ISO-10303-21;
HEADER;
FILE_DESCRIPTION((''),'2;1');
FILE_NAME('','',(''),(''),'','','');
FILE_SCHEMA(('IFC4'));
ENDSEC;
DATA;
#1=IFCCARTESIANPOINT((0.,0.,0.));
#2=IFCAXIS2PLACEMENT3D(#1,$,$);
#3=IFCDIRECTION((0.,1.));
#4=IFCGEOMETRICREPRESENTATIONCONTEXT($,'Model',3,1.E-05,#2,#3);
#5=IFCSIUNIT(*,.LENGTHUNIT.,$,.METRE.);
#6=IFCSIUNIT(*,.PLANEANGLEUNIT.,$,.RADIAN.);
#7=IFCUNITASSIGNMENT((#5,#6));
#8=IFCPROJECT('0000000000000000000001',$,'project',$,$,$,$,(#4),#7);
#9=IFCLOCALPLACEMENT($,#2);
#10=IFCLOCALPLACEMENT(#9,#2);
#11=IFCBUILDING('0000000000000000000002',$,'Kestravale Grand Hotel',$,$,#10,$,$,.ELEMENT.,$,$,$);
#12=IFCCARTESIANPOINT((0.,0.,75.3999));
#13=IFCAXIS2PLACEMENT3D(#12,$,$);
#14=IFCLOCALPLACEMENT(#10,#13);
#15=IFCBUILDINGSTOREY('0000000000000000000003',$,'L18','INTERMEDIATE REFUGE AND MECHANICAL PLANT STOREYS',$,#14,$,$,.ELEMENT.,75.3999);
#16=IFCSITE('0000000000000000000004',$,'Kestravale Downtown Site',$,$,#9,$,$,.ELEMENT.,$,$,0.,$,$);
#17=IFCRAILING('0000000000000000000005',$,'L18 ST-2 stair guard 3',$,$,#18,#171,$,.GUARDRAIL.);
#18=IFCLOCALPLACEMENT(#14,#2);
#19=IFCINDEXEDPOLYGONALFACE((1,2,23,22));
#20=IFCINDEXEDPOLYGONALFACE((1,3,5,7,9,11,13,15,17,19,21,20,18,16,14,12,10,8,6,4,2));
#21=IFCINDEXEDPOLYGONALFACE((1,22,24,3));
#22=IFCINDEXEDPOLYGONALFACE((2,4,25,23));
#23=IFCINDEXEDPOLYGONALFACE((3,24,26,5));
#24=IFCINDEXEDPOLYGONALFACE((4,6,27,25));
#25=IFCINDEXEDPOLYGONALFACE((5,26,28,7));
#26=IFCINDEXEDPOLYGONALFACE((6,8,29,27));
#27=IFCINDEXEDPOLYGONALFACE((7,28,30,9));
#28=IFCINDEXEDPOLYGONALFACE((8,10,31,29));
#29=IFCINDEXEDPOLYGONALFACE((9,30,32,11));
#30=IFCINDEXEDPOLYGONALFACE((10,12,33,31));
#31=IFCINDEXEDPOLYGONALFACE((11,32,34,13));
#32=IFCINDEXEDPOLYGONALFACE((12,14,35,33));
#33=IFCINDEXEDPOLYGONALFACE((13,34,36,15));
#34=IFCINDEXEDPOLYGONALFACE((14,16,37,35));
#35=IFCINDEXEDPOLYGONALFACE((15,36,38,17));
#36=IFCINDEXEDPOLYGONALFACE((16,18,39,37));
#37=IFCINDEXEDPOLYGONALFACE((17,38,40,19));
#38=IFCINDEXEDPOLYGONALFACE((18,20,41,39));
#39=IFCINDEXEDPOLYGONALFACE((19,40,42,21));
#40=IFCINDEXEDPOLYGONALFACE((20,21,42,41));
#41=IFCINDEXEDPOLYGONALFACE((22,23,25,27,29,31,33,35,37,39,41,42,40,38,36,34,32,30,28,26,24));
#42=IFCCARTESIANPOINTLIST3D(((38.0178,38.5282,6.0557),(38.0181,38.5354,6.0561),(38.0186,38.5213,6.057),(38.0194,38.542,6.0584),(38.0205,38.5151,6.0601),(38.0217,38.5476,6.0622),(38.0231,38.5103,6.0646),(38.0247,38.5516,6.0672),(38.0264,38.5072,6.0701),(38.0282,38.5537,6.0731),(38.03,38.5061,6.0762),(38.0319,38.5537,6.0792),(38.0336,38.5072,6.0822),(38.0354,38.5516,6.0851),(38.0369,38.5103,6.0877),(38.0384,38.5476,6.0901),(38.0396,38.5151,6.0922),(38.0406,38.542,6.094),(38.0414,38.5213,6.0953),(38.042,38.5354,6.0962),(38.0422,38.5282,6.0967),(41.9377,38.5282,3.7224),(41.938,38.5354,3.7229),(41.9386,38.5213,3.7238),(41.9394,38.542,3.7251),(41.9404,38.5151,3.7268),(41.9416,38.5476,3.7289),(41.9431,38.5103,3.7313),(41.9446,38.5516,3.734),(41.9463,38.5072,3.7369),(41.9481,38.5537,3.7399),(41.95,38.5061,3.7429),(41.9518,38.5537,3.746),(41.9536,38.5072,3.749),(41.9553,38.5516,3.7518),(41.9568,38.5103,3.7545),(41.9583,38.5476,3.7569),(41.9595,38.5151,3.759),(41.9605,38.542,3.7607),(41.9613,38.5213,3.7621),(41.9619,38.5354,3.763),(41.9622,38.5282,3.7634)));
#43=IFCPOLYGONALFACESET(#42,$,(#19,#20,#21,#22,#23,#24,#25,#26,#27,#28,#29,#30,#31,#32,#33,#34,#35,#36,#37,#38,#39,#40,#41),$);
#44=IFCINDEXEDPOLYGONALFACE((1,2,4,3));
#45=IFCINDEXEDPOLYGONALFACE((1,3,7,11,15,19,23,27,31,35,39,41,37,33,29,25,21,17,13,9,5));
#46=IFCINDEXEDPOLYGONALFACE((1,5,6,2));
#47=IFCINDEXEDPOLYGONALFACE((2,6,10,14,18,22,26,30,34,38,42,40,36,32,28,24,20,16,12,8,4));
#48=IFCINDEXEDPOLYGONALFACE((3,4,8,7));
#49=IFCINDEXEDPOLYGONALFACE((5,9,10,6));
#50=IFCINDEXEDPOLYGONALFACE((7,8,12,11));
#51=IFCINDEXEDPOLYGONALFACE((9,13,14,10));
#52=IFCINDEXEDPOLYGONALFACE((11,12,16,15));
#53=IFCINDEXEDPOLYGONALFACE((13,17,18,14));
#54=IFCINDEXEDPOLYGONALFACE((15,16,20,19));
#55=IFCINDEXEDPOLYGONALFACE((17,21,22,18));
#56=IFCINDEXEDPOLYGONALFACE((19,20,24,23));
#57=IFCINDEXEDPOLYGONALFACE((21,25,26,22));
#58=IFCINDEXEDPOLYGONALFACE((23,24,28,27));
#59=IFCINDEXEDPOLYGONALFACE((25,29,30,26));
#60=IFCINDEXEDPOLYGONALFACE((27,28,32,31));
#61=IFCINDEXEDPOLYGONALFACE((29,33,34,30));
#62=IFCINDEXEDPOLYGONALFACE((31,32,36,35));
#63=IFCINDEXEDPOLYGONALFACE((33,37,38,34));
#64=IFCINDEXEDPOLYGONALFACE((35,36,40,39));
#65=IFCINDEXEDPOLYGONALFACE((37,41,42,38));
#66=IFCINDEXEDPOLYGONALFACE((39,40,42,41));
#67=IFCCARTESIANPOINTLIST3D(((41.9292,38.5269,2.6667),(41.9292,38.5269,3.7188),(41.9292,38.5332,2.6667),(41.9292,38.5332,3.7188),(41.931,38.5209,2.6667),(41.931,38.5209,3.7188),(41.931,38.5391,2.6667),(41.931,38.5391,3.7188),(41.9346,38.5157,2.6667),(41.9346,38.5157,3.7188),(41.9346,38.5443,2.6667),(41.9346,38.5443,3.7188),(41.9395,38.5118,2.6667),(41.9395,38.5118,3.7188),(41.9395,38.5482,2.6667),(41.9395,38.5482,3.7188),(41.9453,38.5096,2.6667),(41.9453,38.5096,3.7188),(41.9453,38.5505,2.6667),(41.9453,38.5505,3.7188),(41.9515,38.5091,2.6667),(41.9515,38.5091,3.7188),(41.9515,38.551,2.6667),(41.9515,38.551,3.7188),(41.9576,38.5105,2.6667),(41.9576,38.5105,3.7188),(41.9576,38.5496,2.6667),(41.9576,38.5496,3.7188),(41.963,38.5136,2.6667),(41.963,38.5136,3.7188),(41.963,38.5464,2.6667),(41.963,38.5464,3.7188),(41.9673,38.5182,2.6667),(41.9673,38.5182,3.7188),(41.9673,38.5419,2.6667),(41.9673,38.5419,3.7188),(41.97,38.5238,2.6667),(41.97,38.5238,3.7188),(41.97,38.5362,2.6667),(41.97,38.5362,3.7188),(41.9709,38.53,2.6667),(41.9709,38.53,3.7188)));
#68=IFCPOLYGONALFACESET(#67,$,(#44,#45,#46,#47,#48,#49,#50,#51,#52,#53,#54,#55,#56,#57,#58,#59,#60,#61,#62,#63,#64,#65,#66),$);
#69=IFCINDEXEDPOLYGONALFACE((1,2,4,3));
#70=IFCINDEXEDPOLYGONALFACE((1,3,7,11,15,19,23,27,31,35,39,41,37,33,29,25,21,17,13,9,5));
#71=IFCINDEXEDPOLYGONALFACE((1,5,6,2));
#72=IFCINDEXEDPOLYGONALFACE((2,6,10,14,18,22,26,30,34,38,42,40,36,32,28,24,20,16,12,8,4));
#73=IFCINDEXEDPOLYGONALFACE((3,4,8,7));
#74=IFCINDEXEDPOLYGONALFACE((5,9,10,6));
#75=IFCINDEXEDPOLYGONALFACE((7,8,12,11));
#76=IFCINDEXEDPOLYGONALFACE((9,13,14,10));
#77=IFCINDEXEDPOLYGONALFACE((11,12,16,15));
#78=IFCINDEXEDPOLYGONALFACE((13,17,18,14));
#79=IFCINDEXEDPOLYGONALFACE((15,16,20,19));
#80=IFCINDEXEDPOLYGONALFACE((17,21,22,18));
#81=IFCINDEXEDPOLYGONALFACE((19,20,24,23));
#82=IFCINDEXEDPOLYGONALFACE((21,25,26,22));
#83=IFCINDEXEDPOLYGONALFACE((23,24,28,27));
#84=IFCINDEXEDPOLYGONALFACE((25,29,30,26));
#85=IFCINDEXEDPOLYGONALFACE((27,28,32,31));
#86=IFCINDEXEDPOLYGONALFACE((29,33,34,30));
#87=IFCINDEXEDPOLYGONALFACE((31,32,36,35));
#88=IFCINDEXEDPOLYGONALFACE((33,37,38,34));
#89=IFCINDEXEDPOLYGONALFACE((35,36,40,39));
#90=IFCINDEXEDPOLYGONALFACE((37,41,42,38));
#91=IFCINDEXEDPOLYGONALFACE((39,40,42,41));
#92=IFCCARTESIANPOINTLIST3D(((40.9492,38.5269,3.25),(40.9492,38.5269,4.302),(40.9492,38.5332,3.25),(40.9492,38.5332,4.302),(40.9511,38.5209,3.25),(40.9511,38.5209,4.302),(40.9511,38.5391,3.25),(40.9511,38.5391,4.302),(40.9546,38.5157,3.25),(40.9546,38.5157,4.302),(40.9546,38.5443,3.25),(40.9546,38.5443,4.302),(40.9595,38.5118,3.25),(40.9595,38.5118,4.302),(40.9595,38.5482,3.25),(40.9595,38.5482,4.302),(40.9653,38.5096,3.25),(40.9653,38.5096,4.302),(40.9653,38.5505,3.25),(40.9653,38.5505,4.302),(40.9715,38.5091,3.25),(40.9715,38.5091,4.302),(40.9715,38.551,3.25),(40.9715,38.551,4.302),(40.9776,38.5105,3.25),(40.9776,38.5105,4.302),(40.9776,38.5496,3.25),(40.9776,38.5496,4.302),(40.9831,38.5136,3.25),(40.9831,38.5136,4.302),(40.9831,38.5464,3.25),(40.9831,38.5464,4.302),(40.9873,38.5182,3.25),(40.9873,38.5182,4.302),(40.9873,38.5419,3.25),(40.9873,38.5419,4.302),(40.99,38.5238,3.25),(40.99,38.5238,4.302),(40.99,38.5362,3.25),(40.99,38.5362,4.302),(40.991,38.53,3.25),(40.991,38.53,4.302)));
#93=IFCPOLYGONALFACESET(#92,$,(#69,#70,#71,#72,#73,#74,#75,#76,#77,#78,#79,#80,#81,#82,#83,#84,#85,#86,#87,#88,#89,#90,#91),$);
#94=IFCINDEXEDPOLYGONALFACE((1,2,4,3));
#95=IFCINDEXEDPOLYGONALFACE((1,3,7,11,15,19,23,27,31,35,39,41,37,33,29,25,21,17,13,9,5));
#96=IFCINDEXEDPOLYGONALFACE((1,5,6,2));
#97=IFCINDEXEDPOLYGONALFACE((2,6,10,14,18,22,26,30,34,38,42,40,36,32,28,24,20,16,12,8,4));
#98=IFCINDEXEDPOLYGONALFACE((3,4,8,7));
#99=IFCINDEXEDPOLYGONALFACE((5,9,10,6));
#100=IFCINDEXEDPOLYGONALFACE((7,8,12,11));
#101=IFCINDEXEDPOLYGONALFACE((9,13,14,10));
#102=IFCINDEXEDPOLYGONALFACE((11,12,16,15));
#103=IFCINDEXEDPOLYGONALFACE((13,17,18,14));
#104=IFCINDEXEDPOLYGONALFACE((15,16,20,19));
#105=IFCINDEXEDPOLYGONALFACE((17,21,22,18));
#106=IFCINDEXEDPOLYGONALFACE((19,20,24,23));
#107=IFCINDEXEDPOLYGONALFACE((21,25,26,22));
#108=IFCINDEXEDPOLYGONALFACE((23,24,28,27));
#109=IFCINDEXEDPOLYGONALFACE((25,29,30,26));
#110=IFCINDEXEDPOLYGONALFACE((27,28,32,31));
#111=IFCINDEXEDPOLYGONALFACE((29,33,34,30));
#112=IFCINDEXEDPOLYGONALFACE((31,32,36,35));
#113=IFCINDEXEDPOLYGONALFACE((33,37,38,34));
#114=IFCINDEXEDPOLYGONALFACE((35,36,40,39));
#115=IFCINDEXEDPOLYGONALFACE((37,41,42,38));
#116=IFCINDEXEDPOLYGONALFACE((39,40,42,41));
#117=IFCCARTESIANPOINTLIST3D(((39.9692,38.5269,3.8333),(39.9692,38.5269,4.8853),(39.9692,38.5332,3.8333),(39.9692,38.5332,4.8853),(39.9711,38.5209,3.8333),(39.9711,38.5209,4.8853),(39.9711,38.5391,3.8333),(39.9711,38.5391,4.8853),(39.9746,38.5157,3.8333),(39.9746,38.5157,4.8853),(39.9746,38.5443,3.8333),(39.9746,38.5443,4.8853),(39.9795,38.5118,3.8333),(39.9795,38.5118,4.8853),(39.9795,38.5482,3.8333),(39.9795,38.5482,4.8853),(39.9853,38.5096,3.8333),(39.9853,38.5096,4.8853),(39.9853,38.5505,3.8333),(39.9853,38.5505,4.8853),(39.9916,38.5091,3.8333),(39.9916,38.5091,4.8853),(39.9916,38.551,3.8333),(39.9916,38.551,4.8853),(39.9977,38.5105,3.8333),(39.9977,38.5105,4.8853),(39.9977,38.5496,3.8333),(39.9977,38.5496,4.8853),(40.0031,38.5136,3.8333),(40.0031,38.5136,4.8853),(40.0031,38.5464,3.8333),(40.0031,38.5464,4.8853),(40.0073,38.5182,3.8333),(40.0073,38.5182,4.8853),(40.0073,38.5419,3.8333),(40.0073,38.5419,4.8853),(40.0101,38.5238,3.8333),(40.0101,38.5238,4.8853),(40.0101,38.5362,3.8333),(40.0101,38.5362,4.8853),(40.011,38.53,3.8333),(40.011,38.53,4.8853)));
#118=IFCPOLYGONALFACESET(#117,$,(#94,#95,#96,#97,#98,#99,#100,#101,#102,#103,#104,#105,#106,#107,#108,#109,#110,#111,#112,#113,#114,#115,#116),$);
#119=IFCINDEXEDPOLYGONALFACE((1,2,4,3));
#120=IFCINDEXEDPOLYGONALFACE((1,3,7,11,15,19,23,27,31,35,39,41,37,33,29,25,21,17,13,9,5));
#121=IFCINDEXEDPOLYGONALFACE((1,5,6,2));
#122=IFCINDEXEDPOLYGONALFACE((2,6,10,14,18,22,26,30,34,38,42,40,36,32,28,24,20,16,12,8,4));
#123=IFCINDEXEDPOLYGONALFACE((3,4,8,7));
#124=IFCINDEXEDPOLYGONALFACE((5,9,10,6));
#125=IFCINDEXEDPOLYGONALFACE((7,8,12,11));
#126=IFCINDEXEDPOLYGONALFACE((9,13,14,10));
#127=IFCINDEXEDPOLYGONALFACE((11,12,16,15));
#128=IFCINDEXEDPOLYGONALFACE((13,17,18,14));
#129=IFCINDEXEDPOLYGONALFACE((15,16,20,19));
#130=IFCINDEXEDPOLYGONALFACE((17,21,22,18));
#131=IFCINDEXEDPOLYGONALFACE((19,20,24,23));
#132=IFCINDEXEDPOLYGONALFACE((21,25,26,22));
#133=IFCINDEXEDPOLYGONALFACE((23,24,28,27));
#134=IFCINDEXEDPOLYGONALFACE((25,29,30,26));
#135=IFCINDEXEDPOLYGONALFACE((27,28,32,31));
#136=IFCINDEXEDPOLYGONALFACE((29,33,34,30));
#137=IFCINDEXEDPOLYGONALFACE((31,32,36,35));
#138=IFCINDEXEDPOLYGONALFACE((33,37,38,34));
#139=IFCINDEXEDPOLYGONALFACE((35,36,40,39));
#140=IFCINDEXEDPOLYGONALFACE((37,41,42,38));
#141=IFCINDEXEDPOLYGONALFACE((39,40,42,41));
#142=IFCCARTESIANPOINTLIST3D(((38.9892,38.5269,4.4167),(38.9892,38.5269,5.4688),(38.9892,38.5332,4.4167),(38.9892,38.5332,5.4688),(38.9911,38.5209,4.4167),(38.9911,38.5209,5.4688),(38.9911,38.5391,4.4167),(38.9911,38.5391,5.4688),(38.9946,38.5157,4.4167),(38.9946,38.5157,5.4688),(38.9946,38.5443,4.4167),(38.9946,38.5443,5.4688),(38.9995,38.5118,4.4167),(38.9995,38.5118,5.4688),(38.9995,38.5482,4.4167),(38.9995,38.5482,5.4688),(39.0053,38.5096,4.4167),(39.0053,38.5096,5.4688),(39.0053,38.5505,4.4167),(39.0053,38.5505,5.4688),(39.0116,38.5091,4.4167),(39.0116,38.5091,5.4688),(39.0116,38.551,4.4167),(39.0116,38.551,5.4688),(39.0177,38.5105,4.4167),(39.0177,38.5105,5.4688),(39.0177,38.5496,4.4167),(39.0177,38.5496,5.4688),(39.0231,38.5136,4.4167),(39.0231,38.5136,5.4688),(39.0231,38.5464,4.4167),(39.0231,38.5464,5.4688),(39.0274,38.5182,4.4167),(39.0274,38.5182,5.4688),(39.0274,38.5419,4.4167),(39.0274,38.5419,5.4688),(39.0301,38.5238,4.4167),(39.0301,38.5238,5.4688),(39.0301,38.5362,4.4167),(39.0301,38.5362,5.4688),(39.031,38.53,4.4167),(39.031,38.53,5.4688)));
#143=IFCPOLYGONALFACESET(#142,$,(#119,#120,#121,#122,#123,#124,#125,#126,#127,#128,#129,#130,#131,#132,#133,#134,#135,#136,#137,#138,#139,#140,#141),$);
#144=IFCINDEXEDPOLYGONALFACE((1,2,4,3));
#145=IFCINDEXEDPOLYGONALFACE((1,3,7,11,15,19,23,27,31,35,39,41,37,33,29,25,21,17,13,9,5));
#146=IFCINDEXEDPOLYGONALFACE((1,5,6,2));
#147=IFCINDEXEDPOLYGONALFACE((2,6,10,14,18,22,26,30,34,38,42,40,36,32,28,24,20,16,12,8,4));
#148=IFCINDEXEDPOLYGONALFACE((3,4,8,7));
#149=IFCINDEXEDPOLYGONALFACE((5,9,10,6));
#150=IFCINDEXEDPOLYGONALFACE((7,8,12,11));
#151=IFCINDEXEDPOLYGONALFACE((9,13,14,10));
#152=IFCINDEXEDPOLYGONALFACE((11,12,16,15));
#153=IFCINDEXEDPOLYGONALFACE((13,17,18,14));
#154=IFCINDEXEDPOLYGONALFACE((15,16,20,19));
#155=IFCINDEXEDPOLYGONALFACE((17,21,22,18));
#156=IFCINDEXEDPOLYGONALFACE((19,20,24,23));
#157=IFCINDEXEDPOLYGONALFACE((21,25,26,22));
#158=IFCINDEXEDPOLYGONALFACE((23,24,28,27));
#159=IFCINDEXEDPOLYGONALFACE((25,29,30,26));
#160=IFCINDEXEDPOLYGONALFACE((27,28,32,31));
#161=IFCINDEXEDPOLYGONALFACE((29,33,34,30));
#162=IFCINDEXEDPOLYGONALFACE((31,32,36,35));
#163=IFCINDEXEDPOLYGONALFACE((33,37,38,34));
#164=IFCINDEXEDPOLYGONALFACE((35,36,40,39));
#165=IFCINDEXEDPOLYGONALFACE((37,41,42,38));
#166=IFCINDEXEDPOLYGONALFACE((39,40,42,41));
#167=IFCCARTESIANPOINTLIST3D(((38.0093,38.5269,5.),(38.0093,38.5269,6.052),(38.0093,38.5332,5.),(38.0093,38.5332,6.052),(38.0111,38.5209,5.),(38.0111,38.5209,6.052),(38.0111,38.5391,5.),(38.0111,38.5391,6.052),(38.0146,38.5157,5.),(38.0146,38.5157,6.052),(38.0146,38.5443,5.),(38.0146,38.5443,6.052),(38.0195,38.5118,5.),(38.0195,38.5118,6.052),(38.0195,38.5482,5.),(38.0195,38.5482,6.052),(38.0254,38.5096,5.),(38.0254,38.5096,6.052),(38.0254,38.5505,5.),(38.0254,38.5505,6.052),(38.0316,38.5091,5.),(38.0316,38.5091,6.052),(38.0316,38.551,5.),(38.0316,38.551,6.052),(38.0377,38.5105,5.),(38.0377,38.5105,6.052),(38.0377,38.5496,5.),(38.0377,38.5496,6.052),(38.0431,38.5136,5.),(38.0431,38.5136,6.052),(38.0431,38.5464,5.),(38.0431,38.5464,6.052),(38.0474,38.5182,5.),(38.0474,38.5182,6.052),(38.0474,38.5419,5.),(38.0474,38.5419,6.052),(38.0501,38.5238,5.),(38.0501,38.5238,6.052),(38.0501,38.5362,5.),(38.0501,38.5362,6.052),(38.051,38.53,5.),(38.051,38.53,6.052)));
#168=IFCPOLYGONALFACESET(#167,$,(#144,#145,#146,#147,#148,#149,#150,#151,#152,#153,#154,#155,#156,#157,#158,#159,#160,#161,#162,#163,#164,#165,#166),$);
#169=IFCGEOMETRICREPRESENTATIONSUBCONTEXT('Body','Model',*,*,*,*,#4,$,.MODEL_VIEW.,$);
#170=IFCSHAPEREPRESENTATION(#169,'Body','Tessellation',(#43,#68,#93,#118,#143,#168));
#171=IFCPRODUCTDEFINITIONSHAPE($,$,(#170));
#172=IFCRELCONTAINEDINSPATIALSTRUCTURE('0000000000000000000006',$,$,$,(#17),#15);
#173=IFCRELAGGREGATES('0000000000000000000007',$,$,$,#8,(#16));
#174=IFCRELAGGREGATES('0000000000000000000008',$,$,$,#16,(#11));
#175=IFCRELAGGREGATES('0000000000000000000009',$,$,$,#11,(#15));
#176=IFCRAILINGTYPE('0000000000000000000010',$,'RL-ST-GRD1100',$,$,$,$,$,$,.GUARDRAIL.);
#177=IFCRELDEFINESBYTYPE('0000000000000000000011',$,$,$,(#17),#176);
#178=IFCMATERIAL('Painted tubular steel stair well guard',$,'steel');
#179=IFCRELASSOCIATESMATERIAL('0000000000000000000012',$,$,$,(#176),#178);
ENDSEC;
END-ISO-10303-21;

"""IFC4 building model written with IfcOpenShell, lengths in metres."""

from ifc_helpers import new_model, si_unit, direction, frame, origin, origin_2d, place, context, subcontext, project, spatial, circle, extrude, material, type_object, element, save


model = new_model("IFC4")

# Units and contexts
model_context = context("Model", 3, precision=1e-05, world=origin(), true_north=direction((0.0, 1.0)))
body_context = subcontext(model_context, "Body", "Model", "MODEL_VIEW")
ifc_project = project(units=[si_unit("LENGTHUNIT", "METRE"), si_unit("PLANEANGLEUNIT", "RADIAN")], contexts=[model_context])

# Site, building, storey
site_placement = place(None, origin())
site = spatial("IfcSite", under=ifc_project, at=site_placement, Name="Kestravale Downtown Site", CompositionType="ELEMENT", RefElevation=0.0)
building_placement = place(site_placement, origin())
building = spatial("IfcBuilding", under=site, at=building_placement, Name="Kestravale Grand Hotel", CompositionType="ELEMENT")
storey_placement = place(building_placement, frame((0.0, 0.0, 75.3999)))
storey = spatial("IfcBuildingStorey", under=building, at=storey_placement, Name="L18", Description="INTERMEDIATE REFUGE AND MECHANICAL PLANT STOREYS", CompositionType="ELEMENT", Elevation=75.3999)

# Railing
ifc_material_1 = material(Name="Painted tubular steel stair well guard", Category="steel")
railing_type_1 = type_object("IfcRailingType", Name="RL-ST-GRD1100", PredefinedType="GUARDRAIL", material=ifc_material_1)
railing_1_placement = place(storey_placement, frame((41.95, 38.53, 2.6667)))
element("IfcRailing", 1, at=railing_1_placement, inside=storey, type_object=railing_type_1, Name="L18 ST-2 stair guard 3", PredefinedType="GUARDRAIL", context=body_context, shape_type="SweptSolid", body=[
    extrude(circle(Radius=0.0239, at=origin_2d()), frame((0.0, 0.0, 1.0762), z_axis=(-0.859296, 0.0, 0.511478), x_axis=(0.0, -1.0, 0.0)), (0.0, 0.0, 1.0), 4.5618),
    extrude(circle(Radius=0.021, at=origin_2d()), origin(), (0.0, 0.0, 1.0), 1.052),
    extrude(circle(Radius=0.021, at=origin_2d()), frame((-0.98, 0.0, 0.5833)), (0.0, 0.0, 1.0), 1.052),
    extrude(circle(Radius=0.021, at=origin_2d()), frame((-1.96, 0.0, 1.1665)), (0.0, 0.0, 1.0), 1.052),
    extrude(circle(Radius=0.021, at=origin_2d()), frame((-2.9399, 0.0, 1.75)), (0.0, 0.0, 1.0), 1.052),
    extrude(circle(Radius=0.021, at=origin_2d()), frame((-3.9199, 0.0, 2.3333)), (0.0, 0.0, 1.0), 1.052),
])

save(model, "model.ifc")
